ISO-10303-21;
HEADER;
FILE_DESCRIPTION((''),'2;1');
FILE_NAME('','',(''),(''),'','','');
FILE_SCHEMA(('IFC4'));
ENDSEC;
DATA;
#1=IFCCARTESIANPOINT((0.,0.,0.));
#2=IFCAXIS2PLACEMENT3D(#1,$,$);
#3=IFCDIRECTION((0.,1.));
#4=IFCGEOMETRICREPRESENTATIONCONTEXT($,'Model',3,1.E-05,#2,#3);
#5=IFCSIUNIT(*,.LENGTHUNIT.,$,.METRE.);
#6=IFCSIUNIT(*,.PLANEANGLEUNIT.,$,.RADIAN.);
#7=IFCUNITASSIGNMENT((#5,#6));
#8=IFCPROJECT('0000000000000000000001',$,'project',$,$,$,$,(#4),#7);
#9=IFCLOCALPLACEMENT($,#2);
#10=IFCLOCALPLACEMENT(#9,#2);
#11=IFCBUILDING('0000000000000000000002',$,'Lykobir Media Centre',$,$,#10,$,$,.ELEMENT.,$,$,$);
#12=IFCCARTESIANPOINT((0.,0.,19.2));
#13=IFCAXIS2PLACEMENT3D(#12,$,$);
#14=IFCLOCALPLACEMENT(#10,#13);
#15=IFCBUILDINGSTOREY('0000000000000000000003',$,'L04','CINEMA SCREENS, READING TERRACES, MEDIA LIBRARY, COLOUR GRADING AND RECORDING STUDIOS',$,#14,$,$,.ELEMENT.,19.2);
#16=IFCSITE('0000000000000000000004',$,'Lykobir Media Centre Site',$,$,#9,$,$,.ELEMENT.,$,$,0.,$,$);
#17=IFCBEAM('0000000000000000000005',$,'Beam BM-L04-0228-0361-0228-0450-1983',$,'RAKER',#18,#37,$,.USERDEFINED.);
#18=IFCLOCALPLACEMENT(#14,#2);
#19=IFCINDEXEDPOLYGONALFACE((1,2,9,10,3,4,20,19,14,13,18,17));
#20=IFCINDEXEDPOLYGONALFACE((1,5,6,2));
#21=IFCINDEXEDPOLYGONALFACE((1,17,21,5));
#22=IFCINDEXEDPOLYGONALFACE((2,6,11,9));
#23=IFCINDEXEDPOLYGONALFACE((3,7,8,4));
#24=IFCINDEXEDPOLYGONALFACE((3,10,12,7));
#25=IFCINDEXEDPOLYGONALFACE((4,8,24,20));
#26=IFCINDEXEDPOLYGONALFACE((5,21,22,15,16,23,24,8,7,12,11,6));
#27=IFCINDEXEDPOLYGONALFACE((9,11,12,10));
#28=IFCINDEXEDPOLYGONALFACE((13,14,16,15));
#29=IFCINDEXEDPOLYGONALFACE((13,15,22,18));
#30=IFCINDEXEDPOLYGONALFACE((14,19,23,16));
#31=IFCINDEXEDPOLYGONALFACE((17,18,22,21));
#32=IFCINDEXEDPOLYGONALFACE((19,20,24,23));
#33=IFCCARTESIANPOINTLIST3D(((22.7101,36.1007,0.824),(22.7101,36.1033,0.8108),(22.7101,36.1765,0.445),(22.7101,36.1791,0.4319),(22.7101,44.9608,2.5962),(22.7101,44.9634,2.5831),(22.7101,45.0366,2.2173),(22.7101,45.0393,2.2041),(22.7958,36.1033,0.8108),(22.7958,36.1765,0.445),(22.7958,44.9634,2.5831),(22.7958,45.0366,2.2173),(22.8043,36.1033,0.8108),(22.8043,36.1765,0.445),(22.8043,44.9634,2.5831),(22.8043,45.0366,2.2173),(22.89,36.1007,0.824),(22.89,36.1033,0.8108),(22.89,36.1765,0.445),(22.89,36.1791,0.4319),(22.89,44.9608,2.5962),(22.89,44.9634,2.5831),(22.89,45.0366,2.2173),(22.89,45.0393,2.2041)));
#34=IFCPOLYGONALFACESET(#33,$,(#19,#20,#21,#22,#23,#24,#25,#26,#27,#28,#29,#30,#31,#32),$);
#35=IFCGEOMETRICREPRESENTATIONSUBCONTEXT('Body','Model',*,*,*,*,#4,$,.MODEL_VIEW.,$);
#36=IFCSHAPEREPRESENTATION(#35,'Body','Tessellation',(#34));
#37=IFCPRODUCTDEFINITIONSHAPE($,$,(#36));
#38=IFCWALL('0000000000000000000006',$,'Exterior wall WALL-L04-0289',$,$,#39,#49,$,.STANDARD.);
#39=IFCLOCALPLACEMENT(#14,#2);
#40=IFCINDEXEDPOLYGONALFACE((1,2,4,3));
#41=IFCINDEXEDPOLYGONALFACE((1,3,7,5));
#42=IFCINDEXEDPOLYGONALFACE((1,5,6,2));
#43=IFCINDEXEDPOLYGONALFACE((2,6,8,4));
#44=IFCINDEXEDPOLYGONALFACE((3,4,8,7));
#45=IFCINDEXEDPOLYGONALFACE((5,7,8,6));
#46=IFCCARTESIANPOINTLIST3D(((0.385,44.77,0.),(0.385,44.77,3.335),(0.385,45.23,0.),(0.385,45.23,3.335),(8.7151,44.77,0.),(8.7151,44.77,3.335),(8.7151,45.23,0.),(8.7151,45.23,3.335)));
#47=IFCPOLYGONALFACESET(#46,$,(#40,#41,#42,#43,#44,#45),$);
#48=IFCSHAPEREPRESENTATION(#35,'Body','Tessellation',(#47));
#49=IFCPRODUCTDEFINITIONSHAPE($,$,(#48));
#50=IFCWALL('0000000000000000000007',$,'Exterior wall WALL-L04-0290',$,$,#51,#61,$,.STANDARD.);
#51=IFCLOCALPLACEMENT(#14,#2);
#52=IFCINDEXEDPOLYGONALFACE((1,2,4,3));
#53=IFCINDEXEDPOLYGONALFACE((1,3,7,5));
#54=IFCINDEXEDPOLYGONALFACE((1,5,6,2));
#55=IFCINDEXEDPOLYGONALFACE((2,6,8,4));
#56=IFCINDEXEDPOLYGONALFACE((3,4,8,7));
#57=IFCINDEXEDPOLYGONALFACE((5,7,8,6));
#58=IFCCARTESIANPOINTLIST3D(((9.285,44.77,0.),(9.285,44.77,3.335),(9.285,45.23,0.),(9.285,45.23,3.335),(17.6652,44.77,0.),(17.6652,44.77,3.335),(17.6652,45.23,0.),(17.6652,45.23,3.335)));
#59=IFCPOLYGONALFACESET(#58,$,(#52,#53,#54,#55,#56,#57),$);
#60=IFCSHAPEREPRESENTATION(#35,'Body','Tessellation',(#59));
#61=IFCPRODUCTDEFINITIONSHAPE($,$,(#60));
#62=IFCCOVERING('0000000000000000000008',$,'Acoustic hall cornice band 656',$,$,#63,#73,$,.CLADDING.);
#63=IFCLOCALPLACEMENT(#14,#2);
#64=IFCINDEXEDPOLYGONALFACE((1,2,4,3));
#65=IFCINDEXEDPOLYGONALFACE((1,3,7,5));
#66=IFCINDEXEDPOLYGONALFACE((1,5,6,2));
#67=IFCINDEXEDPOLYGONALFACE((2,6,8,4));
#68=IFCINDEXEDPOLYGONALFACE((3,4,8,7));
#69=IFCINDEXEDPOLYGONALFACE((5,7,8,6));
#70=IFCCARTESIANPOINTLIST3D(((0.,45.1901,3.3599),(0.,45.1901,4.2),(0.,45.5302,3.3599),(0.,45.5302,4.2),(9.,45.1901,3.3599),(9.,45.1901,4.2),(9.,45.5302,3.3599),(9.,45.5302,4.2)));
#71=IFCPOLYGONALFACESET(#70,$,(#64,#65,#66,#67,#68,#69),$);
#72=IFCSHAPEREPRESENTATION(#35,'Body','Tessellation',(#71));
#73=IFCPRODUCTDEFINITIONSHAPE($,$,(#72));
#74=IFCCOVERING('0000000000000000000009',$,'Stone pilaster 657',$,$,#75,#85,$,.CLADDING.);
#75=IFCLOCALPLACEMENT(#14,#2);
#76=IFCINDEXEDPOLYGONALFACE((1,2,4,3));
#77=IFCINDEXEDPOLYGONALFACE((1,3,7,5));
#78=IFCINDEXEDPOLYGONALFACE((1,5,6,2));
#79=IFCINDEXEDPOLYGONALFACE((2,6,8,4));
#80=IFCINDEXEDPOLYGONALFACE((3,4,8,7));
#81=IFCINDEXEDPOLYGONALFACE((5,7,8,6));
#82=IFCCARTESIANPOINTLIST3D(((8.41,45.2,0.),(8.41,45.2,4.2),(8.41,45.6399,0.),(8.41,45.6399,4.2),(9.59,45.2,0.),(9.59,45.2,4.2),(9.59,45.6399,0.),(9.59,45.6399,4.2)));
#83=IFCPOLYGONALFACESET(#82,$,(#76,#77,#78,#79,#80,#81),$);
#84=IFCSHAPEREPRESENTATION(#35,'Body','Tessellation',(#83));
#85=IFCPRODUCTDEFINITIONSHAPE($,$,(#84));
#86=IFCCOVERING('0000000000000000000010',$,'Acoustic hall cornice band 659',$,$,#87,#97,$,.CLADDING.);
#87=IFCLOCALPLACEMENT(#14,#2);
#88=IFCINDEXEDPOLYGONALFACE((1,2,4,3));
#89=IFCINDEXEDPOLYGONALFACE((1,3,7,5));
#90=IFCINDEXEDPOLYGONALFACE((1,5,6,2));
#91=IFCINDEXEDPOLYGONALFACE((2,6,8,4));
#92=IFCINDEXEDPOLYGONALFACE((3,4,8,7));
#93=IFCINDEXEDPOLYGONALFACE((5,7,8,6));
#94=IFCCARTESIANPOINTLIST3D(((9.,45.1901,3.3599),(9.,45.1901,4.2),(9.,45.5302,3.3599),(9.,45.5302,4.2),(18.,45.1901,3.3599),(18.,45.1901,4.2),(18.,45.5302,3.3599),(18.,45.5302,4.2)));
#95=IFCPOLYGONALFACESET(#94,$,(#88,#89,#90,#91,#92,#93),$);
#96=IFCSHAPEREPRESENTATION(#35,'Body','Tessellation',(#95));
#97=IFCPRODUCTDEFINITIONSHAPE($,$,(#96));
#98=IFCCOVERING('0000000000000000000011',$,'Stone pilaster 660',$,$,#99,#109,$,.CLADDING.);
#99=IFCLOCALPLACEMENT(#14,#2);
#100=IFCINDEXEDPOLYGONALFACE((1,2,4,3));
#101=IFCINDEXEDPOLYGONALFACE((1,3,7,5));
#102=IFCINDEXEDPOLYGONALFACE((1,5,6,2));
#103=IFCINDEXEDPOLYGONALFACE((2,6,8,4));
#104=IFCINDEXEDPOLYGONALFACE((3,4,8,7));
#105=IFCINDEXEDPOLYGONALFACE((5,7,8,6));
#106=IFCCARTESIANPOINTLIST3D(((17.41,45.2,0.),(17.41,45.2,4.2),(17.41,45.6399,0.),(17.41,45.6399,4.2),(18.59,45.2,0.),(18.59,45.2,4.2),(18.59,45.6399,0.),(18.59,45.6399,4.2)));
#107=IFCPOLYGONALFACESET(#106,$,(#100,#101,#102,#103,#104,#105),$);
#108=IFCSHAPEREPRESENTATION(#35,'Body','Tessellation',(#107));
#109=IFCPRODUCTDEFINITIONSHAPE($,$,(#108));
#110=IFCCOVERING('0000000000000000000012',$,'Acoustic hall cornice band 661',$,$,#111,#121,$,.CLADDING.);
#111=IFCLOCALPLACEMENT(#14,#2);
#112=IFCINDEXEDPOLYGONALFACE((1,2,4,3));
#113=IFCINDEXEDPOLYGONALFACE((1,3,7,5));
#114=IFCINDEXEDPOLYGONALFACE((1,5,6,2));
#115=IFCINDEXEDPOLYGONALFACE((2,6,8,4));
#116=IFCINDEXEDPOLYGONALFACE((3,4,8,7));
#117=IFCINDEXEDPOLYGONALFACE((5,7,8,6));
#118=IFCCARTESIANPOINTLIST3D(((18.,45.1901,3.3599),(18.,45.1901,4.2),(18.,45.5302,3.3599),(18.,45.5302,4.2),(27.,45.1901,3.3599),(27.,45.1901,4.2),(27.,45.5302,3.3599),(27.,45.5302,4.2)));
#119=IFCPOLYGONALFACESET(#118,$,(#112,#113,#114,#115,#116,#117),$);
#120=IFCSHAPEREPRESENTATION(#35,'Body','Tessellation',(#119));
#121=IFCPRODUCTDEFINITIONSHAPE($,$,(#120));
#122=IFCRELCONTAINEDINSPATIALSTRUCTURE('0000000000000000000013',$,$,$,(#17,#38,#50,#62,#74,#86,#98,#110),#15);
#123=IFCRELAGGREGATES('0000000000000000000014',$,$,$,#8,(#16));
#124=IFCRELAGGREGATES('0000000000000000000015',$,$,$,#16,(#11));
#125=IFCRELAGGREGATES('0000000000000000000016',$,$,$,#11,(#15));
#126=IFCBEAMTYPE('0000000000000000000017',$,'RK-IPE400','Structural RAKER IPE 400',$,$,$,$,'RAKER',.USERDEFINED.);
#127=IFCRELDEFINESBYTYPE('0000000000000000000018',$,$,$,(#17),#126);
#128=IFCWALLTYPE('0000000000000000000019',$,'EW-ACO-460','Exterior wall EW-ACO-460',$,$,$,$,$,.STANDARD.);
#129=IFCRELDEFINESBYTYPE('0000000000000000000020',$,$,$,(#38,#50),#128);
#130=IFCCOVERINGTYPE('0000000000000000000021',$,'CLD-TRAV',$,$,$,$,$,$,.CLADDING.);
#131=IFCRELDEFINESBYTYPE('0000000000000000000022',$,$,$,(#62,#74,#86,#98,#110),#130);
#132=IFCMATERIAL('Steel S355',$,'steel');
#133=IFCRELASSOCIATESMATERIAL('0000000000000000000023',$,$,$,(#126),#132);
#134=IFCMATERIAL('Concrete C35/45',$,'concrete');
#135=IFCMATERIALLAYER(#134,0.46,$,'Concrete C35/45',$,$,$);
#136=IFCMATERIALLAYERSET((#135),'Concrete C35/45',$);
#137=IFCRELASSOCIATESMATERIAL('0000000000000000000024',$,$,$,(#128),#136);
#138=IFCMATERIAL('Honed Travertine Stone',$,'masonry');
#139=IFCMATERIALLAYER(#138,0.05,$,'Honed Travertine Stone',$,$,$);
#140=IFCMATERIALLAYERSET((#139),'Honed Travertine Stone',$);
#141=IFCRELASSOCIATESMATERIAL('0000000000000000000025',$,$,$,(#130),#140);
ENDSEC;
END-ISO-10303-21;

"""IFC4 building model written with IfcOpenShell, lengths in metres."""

from ifc_helpers import new_model, si_unit, direction, frame, frame_2d, origin, origin_2d, place, context, subcontext, project, spatial, rectangle, i_section, extrude, material, layer, layer_set, material_profile, profile_set, type_object, element, save


model = new_model("IFC4")

# Units and contexts
model_context = context("Model", 3, precision=1e-05, world=origin(), true_north=direction((0.0, 1.0)))
body_context = subcontext(model_context, "Body", "Model", "MODEL_VIEW")
ifc_project = project(units=[si_unit("LENGTHUNIT", "METRE"), si_unit("PLANEANGLEUNIT", "RADIAN")], contexts=[model_context])

# Site, building, storey
site_placement = place(None, origin())
site = spatial("IfcSite", under=ifc_project, at=site_placement, Name="Lykobir Media Centre Site", CompositionType="ELEMENT", RefElevation=0.0)
building_placement = place(site_placement, origin())
building = spatial("IfcBuilding", under=site, at=building_placement, Name="Lykobir Media Centre", CompositionType="ELEMENT")
storey_placement = place(building_placement, frame((0.0, 0.0, 19.2)))
storey = spatial("IfcBuildingStorey", under=building, at=storey_placement, Name="L04", Description="CINEMA SCREENS, READING TERRACES, MEDIA LIBRARY, COLOUR GRADING AND RECORDING STUDIOS", CompositionType="ELEMENT", Elevation=19.2)

# Beam
ifc_material_1 = material(Name="Steel S355", Category="steel")
ifc_material_profile_1 = material_profile(ifc_material_1, i_section(OverallWidth=0.1799, OverallDepth=0.3999, WebThickness=0.0085, FlangeThickness=0.0134, at=origin_2d()), Name="IPE 400")
ifc_profile_set_1 = profile_set([ifc_material_profile_1], Name="Steel S355")
beam_type = type_object("IfcBeamType", Name="RK-IPE400", Description="Structural RAKER IPE 400", ElementType="RAKER", PredefinedType="USERDEFINED", material=ifc_profile_set_1)
for number, where, z_axis, x_axis, name in (
    (1, (22.8, 36.1399, 0.6279), (0.0, 0.980577, 0.196137), (-1.0, 0.0, 0.0), "Beam BM-L04-0228-0361-0228-0450-1983"),
):
    element("IfcBeam", number, at=place(storey_placement, frame(where, z_axis=z_axis, x_axis=x_axis)), inside=storey, type_object=beam_type, Name=name, ObjectType="RAKER", PredefinedType="USERDEFINED", context=body_context, shape_type="SweptSolid", body=[
        extrude(i_section(OverallWidth=0.1799, OverallDepth=0.3999, WebThickness=0.0085, FlangeThickness=0.0134, at=origin_2d()), origin(), (0.0, 0.0, 1.0), 9.0356),
    ])

# Walls
ifc_material_2 = material(Name="Concrete C35/45", Category="concrete")
ifc_layer_1 = layer(ifc_material_2, 0.46, Name="Concrete C35/45")
ifc_layer_set_1 = layer_set([ifc_layer_1], Name="Concrete C35/45")
wall_type = type_object("IfcWallType", Name="EW-ACO-460", Description="Exterior wall EW-ACO-460", PredefinedType="STANDARD", material=ifc_layer_set_1)
wall_1_placement = place(storey_placement, frame((8.7151, 45.0, 0.0), z_axis=(0.0, 0.0, 1.0), x_axis=(-1.0, 0.0, 0.0)))
element("IfcWall", 2, at=wall_1_placement, inside=storey, type_object=wall_type, Name="Exterior wall WALL-L04-0289", PredefinedType="STANDARD", context=body_context, shape_type="SweptSolid", body=[
    extrude(rectangle(XDim=8.3301, YDim=0.46, at=frame_2d((4.165, 0.0))), origin(), (0.0, 0.0, 1.0), 3.335),
])
wall_2_placement = place(storey_placement, frame((17.665, 45.0, 0.0), z_axis=(0.0, 0.0, 1.0), x_axis=(-1.0, 0.0, 0.0)))
element("IfcWall", 3, at=wall_2_placement, inside=storey, type_object=wall_type, Name="Exterior wall WALL-L04-0290", PredefinedType="STANDARD", context=body_context, shape_type="SweptSolid", body=[
    extrude(rectangle(XDim=8.3801, YDim=0.46, at=frame_2d((4.1899, 0.0))), origin(), (0.0, 0.0, 1.0), 3.335),
])

# Coverings
ifc_material_3 = material(Name="Honed Travertine Stone", Category="masonry")
ifc_layer_2 = layer(ifc_material_3, 0.05, Name="Honed Travertine Stone")
ifc_layer_set_2 = layer_set([ifc_layer_2], Name="Honed Travertine Stone")
covering_type = type_object("IfcCoveringType", Name="CLD-TRAV", PredefinedType="CLADDING", material=ifc_layer_set_2)
covering_1_placement = place(storey_placement, frame((4.5, 45.3601, 3.3599), z_axis=(0.0, 0.0, 1.0), x_axis=(-1.0, 0.0, 0.0)))
element("IfcCovering", 4, at=covering_1_placement, inside=storey, type_object=covering_type, Name="Acoustic hall cornice band 656", PredefinedType="CLADDING", context=body_context, shape_type="SweptSolid", body=[
    extrude(rectangle(XDim=9.0, YDim=0.3401, at=origin_2d()), origin(), (0.0, 0.0, 1.0), 0.8401),
])
covering_2_placement = place(storey_placement, frame((9.0, 45.4199, 0.0), z_axis=(0.0, 0.0, 1.0), x_axis=(-1.0, 0.0, 0.0)))
element("IfcCovering", 5, at=covering_2_placement, inside=storey, type_object=covering_type, Name="Stone pilaster 657", PredefinedType="CLADDING", context=body_context, shape_type="SweptSolid", body=[
    extrude(rectangle(XDim=1.1799, YDim=0.4399, at=origin_2d()), origin(), (0.0, 0.0, 1.0), 4.2),
])
covering_3_placement = place(storey_placement, frame((13.5, 45.3601, 3.3599), z_axis=(0.0, 0.0, 1.0), x_axis=(-1.0, 0.0, 0.0)))
element("IfcCovering", 6, at=covering_3_placement, inside=storey, type_object=covering_type, Name="Acoustic hall cornice band 659", PredefinedType="CLADDING", context=body_context, shape_type="SweptSolid", body=[
    extrude(rectangle(XDim=9.0, YDim=0.3401, at=origin_2d()), origin(), (0.0, 0.0, 1.0), 0.8401),
])
covering_4_placement = place(storey_placement, frame((18.0, 45.4199, 0.0), z_axis=(0.0, 0.0, 1.0), x_axis=(-1.0, 0.0, 0.0)))
element("IfcCovering", 7, at=covering_4_placement, inside=storey, type_object=covering_type, Name="Stone pilaster 660", PredefinedType="CLADDING", context=body_context, shape_type="SweptSolid", body=[
    extrude(rectangle(XDim=1.1799, YDim=0.4399, at=origin_2d()), origin(), (0.0, 0.0, 1.0), 4.2),
])
covering_5_placement = place(storey_placement, frame((22.5, 45.3601, 3.3599), z_axis=(0.0, 0.0, 1.0), x_axis=(-1.0, 0.0, 0.0)))
element("IfcCovering", 8, at=covering_5_placement, inside=storey, type_object=covering_type, Name="Acoustic hall cornice band 661", PredefinedType="CLADDING", context=body_context, shape_type="SweptSolid", body=[
    extrude(rectangle(XDim=9.0, YDim=0.3401, at=origin_2d()), origin(), (0.0, 0.0, 1.0), 0.8401),
])

save(model, "model.ifc")
